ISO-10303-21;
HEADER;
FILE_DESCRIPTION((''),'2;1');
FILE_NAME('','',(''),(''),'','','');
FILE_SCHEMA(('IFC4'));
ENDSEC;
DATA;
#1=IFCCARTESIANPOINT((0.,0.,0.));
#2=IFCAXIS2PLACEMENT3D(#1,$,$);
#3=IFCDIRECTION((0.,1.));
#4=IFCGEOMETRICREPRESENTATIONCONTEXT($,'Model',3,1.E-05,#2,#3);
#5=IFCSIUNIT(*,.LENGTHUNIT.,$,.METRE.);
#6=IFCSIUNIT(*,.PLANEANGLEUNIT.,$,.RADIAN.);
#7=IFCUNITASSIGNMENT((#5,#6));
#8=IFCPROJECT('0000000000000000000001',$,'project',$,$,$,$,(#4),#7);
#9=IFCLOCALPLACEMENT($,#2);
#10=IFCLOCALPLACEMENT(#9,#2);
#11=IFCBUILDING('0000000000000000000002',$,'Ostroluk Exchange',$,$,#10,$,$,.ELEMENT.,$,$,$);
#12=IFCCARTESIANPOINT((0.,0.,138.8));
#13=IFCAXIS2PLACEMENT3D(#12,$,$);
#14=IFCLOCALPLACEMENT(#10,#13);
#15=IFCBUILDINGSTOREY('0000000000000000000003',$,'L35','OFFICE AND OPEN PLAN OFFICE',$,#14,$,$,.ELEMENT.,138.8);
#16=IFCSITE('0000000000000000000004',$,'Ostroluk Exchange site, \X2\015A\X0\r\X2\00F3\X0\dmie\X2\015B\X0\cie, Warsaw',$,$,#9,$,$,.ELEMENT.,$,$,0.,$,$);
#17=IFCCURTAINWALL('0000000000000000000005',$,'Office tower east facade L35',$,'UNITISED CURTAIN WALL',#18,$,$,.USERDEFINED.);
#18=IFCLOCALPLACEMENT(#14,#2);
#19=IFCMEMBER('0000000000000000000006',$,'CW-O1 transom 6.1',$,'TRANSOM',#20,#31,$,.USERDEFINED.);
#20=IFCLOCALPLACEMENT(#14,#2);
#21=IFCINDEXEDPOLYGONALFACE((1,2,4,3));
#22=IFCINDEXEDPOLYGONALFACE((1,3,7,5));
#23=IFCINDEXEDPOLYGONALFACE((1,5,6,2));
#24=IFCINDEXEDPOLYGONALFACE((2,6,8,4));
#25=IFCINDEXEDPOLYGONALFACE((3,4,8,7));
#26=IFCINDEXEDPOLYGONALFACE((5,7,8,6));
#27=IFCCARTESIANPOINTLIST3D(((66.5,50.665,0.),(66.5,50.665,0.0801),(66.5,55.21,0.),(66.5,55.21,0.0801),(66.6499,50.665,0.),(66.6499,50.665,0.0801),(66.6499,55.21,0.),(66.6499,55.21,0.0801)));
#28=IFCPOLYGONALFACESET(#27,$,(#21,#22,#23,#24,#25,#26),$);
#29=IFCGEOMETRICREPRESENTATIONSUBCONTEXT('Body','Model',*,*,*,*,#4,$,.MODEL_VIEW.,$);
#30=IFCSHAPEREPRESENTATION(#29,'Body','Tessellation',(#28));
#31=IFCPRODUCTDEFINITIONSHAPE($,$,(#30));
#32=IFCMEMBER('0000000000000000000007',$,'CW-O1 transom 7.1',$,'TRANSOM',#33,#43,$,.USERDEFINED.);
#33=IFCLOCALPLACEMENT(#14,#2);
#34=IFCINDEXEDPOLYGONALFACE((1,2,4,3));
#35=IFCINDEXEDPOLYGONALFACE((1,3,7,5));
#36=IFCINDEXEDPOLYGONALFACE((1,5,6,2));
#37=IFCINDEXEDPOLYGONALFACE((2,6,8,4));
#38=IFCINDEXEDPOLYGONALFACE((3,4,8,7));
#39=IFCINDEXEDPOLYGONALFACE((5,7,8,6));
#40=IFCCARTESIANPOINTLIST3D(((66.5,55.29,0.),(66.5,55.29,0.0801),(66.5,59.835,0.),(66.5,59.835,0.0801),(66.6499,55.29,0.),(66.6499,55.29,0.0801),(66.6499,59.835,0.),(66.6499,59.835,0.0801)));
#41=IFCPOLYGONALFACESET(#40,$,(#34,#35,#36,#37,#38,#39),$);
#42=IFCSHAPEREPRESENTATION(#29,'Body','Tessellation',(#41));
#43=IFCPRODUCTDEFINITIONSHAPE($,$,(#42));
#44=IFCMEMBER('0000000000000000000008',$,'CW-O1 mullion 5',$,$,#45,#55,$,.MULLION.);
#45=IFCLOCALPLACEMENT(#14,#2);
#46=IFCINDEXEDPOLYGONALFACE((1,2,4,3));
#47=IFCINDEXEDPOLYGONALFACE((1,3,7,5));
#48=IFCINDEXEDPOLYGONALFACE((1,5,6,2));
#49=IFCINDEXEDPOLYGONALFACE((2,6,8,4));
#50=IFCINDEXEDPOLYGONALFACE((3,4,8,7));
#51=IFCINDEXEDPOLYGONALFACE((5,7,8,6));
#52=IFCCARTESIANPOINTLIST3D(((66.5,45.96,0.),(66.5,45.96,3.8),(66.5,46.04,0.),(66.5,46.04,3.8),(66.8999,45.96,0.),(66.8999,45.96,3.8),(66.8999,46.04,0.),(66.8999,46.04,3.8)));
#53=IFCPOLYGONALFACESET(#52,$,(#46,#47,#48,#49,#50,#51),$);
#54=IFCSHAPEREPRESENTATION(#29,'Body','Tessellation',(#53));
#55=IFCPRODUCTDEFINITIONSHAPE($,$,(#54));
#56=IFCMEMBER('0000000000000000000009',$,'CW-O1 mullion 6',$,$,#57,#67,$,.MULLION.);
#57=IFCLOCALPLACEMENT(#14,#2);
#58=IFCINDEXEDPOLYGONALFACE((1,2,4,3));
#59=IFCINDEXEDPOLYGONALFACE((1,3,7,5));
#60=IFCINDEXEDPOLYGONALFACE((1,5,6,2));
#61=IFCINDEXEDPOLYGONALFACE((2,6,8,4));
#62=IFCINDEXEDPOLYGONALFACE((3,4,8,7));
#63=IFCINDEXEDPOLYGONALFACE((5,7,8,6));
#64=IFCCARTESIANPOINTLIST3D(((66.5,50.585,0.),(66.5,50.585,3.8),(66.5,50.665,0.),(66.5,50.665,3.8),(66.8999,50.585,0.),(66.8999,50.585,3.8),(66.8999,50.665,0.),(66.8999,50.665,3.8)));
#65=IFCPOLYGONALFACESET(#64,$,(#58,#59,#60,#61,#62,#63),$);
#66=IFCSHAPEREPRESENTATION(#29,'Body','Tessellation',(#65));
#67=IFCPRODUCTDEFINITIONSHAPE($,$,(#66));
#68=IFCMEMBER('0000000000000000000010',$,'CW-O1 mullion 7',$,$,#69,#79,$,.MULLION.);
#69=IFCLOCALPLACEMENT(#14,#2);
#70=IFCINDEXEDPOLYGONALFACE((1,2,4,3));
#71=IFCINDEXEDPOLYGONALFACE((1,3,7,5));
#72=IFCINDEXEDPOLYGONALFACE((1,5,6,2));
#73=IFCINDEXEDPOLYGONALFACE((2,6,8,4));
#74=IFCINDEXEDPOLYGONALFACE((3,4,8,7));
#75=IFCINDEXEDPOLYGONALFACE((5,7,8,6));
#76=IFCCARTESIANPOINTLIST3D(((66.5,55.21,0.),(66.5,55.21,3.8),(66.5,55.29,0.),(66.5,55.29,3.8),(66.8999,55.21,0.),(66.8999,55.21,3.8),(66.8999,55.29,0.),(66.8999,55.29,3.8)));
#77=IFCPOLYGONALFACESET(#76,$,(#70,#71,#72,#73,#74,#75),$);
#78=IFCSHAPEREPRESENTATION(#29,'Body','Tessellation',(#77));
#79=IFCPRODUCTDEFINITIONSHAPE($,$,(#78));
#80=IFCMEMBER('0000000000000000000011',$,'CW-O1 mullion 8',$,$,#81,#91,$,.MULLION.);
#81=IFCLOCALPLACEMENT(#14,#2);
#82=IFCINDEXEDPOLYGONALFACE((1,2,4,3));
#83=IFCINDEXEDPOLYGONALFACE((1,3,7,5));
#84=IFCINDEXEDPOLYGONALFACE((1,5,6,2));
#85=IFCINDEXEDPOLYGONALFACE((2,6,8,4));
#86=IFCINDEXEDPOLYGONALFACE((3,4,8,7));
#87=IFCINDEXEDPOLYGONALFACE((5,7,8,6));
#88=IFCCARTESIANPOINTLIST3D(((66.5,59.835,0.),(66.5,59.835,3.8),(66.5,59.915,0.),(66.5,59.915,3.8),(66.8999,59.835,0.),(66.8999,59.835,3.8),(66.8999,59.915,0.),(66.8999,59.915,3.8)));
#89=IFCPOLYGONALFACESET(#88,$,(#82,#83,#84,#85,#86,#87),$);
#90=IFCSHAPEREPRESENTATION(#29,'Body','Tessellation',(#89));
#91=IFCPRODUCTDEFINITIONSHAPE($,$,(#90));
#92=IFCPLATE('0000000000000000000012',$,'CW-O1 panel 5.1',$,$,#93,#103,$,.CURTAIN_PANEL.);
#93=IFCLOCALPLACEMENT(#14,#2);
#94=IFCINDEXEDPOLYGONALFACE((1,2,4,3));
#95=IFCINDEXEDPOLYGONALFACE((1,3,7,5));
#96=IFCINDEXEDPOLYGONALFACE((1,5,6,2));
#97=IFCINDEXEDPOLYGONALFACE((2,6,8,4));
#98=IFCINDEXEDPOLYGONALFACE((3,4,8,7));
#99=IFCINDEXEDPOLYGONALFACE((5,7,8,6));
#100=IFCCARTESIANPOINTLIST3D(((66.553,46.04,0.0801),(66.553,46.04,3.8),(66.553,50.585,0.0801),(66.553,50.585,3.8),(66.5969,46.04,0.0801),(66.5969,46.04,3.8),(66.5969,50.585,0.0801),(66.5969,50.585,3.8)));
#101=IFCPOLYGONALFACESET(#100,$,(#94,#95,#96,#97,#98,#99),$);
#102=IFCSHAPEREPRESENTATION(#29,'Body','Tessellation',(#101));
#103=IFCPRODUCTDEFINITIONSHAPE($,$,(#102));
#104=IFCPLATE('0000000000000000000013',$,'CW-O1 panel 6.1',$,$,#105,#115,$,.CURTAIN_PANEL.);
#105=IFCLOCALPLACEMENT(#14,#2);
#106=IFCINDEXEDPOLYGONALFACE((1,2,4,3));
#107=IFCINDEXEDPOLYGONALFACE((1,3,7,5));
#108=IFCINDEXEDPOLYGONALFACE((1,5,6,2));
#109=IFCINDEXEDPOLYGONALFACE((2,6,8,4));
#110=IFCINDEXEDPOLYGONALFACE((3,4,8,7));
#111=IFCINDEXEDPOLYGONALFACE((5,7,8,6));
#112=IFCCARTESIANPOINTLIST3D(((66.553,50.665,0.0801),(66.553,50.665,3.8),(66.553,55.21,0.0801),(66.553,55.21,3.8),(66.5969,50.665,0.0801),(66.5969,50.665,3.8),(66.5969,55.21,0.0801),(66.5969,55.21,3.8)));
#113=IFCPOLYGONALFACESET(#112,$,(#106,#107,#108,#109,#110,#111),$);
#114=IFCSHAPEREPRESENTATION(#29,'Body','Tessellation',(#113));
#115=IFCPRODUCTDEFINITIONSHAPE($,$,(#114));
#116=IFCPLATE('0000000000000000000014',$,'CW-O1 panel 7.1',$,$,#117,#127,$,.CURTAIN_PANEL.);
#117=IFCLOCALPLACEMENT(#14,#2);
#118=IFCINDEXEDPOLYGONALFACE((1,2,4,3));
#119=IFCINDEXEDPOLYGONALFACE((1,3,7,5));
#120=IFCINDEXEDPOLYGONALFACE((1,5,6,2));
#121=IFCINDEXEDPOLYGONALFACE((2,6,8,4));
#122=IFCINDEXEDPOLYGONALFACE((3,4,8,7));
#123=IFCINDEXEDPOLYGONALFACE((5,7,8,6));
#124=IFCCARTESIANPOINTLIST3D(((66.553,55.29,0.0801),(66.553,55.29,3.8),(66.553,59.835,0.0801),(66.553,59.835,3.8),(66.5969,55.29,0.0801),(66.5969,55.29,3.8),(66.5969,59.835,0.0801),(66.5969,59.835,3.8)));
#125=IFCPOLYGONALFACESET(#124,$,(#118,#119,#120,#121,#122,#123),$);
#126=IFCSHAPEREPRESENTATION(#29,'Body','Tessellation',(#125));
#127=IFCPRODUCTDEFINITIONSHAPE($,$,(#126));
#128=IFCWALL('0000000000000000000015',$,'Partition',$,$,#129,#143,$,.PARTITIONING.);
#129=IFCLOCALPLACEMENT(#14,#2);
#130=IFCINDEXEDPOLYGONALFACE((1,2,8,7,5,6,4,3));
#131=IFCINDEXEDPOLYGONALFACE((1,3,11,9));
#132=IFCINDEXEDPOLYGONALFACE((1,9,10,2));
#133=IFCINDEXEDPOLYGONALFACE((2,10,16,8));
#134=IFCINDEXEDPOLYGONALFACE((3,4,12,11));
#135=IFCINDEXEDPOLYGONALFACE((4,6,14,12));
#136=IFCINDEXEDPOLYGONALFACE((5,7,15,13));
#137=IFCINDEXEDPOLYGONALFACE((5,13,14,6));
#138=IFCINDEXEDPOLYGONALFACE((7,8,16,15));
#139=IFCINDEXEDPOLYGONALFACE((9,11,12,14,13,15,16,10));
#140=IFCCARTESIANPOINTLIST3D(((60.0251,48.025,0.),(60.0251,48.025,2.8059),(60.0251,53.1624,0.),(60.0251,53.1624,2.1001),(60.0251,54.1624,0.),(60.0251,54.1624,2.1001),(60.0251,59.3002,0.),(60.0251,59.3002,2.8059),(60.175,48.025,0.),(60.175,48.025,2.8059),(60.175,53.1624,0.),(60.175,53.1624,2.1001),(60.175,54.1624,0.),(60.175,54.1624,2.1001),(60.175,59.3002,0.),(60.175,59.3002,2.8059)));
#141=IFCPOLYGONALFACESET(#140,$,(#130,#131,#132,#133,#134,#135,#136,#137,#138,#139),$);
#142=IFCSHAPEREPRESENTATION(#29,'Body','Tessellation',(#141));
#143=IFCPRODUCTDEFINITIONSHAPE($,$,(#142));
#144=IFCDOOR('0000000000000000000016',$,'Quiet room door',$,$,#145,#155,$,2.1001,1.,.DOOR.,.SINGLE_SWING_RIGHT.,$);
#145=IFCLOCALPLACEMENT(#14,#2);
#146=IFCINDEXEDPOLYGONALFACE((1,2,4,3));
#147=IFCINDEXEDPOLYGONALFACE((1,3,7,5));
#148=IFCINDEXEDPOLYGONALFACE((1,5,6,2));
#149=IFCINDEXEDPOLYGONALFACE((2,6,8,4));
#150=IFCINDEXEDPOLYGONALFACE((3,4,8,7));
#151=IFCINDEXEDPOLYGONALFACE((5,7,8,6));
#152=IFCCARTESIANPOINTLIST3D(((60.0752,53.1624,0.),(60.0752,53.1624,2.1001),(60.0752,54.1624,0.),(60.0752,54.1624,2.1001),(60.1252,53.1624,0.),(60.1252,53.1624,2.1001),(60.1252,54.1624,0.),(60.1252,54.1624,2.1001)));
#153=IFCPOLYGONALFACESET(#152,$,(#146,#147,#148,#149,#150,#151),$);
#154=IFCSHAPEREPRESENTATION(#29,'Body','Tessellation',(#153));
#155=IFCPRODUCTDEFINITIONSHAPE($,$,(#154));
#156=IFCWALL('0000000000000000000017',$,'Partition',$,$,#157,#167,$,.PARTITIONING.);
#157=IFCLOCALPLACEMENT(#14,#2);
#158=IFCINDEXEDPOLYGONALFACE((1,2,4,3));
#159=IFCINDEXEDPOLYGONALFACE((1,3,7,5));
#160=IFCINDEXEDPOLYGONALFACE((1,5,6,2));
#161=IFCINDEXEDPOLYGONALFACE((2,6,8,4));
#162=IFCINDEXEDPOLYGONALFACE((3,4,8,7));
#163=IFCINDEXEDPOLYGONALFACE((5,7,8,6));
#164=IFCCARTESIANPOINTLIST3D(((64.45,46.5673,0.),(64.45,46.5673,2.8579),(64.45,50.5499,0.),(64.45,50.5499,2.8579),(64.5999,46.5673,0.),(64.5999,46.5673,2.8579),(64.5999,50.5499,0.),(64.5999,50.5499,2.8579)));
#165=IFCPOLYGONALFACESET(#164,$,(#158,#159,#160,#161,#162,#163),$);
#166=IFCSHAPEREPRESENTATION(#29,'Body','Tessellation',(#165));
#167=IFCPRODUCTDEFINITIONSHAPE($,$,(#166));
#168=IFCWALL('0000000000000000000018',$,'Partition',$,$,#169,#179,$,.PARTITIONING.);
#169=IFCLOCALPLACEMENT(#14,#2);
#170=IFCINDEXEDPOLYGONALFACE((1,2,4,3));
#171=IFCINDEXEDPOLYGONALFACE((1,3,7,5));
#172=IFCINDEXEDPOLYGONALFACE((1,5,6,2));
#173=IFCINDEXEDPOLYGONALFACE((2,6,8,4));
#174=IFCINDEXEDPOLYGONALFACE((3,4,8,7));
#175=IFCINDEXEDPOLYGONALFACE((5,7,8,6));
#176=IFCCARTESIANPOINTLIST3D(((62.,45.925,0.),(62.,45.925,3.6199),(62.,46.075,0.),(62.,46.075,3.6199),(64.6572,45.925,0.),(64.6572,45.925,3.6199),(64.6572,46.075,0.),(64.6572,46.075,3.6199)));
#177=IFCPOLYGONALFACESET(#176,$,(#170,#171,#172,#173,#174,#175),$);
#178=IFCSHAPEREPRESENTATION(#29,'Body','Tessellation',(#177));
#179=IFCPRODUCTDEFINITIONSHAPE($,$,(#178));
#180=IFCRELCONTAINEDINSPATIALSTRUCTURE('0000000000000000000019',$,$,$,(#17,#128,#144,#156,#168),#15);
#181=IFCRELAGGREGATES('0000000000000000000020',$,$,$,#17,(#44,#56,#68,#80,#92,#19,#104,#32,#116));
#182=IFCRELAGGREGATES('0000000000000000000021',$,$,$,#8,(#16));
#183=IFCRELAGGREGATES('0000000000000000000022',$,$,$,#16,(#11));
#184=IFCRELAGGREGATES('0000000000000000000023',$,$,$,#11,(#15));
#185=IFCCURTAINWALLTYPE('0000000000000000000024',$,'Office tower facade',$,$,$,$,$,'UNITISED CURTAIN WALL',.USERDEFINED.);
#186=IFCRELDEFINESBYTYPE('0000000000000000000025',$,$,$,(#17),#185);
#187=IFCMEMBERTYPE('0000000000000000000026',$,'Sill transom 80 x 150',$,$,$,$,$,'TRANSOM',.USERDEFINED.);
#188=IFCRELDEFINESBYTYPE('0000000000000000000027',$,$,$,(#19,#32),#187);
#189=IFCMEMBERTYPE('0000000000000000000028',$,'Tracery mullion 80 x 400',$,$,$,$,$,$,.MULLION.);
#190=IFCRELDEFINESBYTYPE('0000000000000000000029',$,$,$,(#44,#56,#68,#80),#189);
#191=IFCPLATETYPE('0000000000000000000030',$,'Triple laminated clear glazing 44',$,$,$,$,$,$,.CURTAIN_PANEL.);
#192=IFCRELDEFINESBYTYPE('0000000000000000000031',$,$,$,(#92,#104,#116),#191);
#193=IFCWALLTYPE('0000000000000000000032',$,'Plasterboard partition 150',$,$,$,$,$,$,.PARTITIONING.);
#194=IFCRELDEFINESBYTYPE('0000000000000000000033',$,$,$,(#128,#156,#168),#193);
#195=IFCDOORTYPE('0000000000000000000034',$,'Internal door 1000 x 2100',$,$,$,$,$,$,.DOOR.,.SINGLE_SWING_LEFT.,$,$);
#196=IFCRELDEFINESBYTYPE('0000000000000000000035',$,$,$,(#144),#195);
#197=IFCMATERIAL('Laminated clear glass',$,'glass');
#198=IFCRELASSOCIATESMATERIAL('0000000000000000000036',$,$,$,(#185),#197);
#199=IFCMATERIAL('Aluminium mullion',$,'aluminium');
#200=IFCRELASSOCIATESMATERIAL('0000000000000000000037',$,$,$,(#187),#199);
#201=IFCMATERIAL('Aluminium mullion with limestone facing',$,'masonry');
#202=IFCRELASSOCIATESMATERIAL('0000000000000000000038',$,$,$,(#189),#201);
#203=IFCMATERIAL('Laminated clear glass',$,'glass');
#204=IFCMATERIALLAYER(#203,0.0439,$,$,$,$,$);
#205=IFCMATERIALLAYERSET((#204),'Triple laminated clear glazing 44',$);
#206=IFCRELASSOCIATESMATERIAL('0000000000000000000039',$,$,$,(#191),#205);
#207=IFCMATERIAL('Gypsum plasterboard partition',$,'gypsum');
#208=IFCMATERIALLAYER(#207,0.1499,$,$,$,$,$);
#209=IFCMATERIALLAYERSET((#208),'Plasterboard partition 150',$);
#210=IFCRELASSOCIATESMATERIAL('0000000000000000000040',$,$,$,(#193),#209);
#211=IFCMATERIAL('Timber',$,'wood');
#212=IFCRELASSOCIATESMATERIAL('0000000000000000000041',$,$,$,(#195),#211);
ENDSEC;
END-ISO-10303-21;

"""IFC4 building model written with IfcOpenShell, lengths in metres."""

from ifc_helpers import new_model, si_unit, direction, frame, frame_2d, origin, origin_2d, place, context, subcontext, project, spatial, rectangle, extrude, material, layer, layer_set, material_profile, profile_set, type_object, element, fill, aggregate, save


model = new_model("IFC4")

# Units and contexts
model_context = context("Model", 3, precision=1e-05, world=origin(), true_north=direction((0.0, 1.0)))
body_context = subcontext(model_context, "Body", "Model", "MODEL_VIEW")
ifc_project = project(units=[si_unit("LENGTHUNIT", "METRE"), si_unit("PLANEANGLEUNIT", "RADIAN")], contexts=[model_context])

# Site, building, storey
site_placement = place(None, origin())
site = spatial("IfcSite", under=ifc_project, at=site_placement, Name="Ostroluk Exchange site, Śródmieście, Warsaw", CompositionType="ELEMENT", RefElevation=0.0)
building_placement = place(site_placement, origin())
building = spatial("IfcBuilding", under=site, at=building_placement, Name="Ostroluk Exchange", CompositionType="ELEMENT")
storey_placement = place(building_placement, frame((0.0, 0.0, 138.8)))
storey = spatial("IfcBuildingStorey", under=building, at=storey_placement, Name="L35", Description="OFFICE AND OPEN PLAN OFFICE", CompositionType="ELEMENT", Elevation=138.8)

# Curtain wall, members, plates
ifc_material_1 = material(Name="Laminated clear glass", Category="glass")
curtain_wall_type = type_object("IfcCurtainWallType", Name="Office tower facade", ElementType="UNITISED CURTAIN WALL", PredefinedType="USERDEFINED", material=ifc_material_1)
curtain_wall_placement = place(storey_placement, origin())
curtain_wall = element("IfcCurtainWall", 1, at=curtain_wall_placement, inside=storey, type_object=curtain_wall_type, Name="Office tower east facade L35", ObjectType="UNITISED CURTAIN WALL", PredefinedType="USERDEFINED")
ifc_material_2 = material(Name="Aluminium mullion", Category="aluminium")
ifc_material_profile_1 = material_profile(ifc_material_2, rectangle(XDim=0.1499, YDim=0.0801, at=origin_2d()), Name="Sill transom 80 x 150")
ifc_profile_set_1 = profile_set([ifc_material_profile_1], Name="Aluminium mullion")
member_type_1 = type_object("IfcMemberType", Name="Sill transom 80 x 150", ElementType="TRANSOM", PredefinedType="USERDEFINED", material=ifc_profile_set_1)
member_1_placement = place(storey_placement, frame((66.575, 50.665, 0.04), z_axis=(0.0, 1.0, 0.0), x_axis=(-1.0, 0.0, 0.0)))
member_1 = element("IfcMember", 2, at=member_1_placement, type_object=member_type_1, Name="CW-O1 transom 6.1", ObjectType="TRANSOM", PredefinedType="USERDEFINED", context=body_context, shape_type="SweptSolid", body=[
    extrude(rectangle(XDim=0.1499, YDim=0.0801, at=origin_2d()), origin(), (0.0, 0.0, 1.0), 4.5449),
])
member_2_placement = place(storey_placement, frame((66.575, 55.29, 0.04), z_axis=(0.0, 1.0, 0.0), x_axis=(-1.0, 0.0, 0.0)))
member_2 = element("IfcMember", 3, at=member_2_placement, type_object=member_type_1, Name="CW-O1 transom 7.1", ObjectType="TRANSOM", PredefinedType="USERDEFINED", context=body_context, shape_type="SweptSolid", body=[
    extrude(rectangle(XDim=0.1499, YDim=0.0801, at=origin_2d()), origin(), (0.0, 0.0, 1.0), 4.5449),
])
ifc_material_3 = material(Name="Aluminium mullion with limestone facing", Category="masonry")
ifc_material_profile_2 = material_profile(ifc_material_3, rectangle(XDim=0.3999, YDim=0.0801, at=origin_2d()), Name="Tracery mullion 80 x 400")
ifc_profile_set_2 = profile_set([ifc_material_profile_2], Name="Aluminium mullion with limestone facing")
member_type_2 = type_object("IfcMemberType", Name="Tracery mullion 80 x 400", PredefinedType="MULLION", material=ifc_profile_set_2)
member_3_placement = place(storey_placement, frame((66.7, 46.0, 0.0), z_axis=(0.0, 0.0, 1.0), x_axis=(-1.0, 0.0, 0.0)))
member_3 = element("IfcMember", 4, at=member_3_placement, type_object=member_type_2, Name="CW-O1 mullion 5", PredefinedType="MULLION", context=body_context, shape_type="SweptSolid", body=[
    extrude(rectangle(XDim=0.3999, YDim=0.0801, at=origin_2d()), origin(), (0.0, 0.0, 1.0), 3.8),
])
member_4_placement = place(storey_placement, frame((66.7, 50.625, 0.0), z_axis=(0.0, 0.0, 1.0), x_axis=(-1.0, 0.0, 0.0)))
member_4 = element("IfcMember", 5, at=member_4_placement, type_object=member_type_2, Name="CW-O1 mullion 6", PredefinedType="MULLION", context=body_context, shape_type="SweptSolid", body=[
    extrude(rectangle(XDim=0.3999, YDim=0.0801, at=origin_2d()), origin(), (0.0, 0.0, 1.0), 3.8),
])
member_5_placement = place(storey_placement, frame((66.7, 55.25, 0.0), z_axis=(0.0, 0.0, 1.0), x_axis=(-1.0, 0.0, 0.0)))
member_5 = element("IfcMember", 6, at=member_5_placement, type_object=member_type_2, Name="CW-O1 mullion 7", PredefinedType="MULLION", context=body_context, shape_type="SweptSolid", body=[
    extrude(rectangle(XDim=0.3999, YDim=0.0801, at=origin_2d()), origin(), (0.0, 0.0, 1.0), 3.8),
])
member_6_placement = place(storey_placement, frame((66.7, 59.875, 0.0), z_axis=(0.0, 0.0, 1.0), x_axis=(-1.0, 0.0, 0.0)))
member_6 = element("IfcMember", 7, at=member_6_placement, type_object=member_type_2, Name="CW-O1 mullion 8", PredefinedType="MULLION", context=body_context, shape_type="SweptSolid", body=[
    extrude(rectangle(XDim=0.3999, YDim=0.0801, at=origin_2d()), origin(), (0.0, 0.0, 1.0), 3.8),
])
ifc_material_4 = material(Name="Laminated clear glass", Category="glass")
ifc_layer_1 = layer(ifc_material_4, 0.0439)
ifc_layer_set_1 = layer_set([ifc_layer_1], Name="Triple laminated clear glazing 44")
plate_type = type_object("IfcPlateType", Name="Triple laminated clear glazing 44", PredefinedType="CURTAIN_PANEL", material=ifc_layer_set_1)
plate_1_placement = place(storey_placement, frame((66.575, 48.3125, 0.0801), z_axis=(0.0, 0.0, 1.0), x_axis=(0.0, 1.0, 0.0)))
plate_1 = element("IfcPlate", 8, at=plate_1_placement, type_object=plate_type, Name="CW-O1 panel 5.1", PredefinedType="CURTAIN_PANEL", context=body_context, shape_type="SweptSolid", body=[
    extrude(rectangle(XDim=4.5449, YDim=0.0439, at=origin_2d()), origin(), (0.0, 0.0, 1.0), 3.72),
])
plate_2_placement = place(storey_placement, frame((66.575, 52.9375, 0.0801), z_axis=(0.0, 0.0, 1.0), x_axis=(0.0, 1.0, 0.0)))
plate_2 = element("IfcPlate", 9, at=plate_2_placement, type_object=plate_type, Name="CW-O1 panel 6.1", PredefinedType="CURTAIN_PANEL", context=body_context, shape_type="SweptSolid", body=[
    extrude(rectangle(XDim=4.5449, YDim=0.0439, at=origin_2d()), origin(), (0.0, 0.0, 1.0), 3.72),
])
plate_3_placement = place(storey_placement, frame((66.575, 57.5625, 0.0801), z_axis=(0.0, 0.0, 1.0), x_axis=(0.0, 1.0, 0.0)))
plate_3 = element("IfcPlate", 10, at=plate_3_placement, type_object=plate_type, Name="CW-O1 panel 7.1", PredefinedType="CURTAIN_PANEL", context=body_context, shape_type="SweptSolid", body=[
    extrude(rectangle(XDim=4.5449, YDim=0.0439, at=origin_2d()), origin(), (0.0, 0.0, 1.0), 3.72),
])
aggregate(curtain_wall, [member_3, member_4, member_5, member_6, plate_1, member_1, plate_2, member_2, plate_3])

# Wall, opening, door
ifc_material_5 = material(Name="Gypsum plasterboard partition", Category="gypsum")
ifc_layer_2 = layer(ifc_material_5, 0.1499)
ifc_layer_set_2 = layer_set([ifc_layer_2], Name="Plasterboard partition 150")
wall_type = type_object("IfcWallType", Name="Plasterboard partition 150", PredefinedType="PARTITIONING", material=ifc_layer_set_2)
wall_1_placement = place(storey_placement, frame((60.1001, 48.0249, 0.0), z_axis=(0.0, 0.0, 1.0), x_axis=(0.0, 1.0, 0.0)))
wall_1 = element("IfcWall", 11, at=wall_1_placement, inside=storey, type_object=wall_type, Name="Partition", PredefinedType="PARTITIONING", context=body_context, shape_type="SweptSolid", body=[
    extrude(rectangle(XDim=11.2751, YDim=0.1499, at=frame_2d((5.6377, 0.0))), origin(), (0.0, 0.0, 1.0), 2.8059),
])
opening_placement = place(wall_1_placement, frame((5.1375, 0.0, 0.0)))
opening = element("IfcOpeningElement", 12, at=opening_placement, cuts=wall_1, PredefinedType="OPENING", context=body_context, shape_type="SweptSolid", body=[
    extrude(rectangle(XDim=1.0, YDim=2.1001, at=frame_2d((0.5, 1.05))), frame((0.0, 0.085, 0.0), z_axis=(0.0, -1.0, 0.0), x_axis=(1.0, 0.0, 0.0)), (0.0, 0.0, 1.0), 0.1699),
])
ifc_material_6 = material(Name="Timber", Category="wood")
door_type = type_object("IfcDoorType", Name="Internal door 1000 x 2100", OperationType="SINGLE_SWING_LEFT", PredefinedType="DOOR", material=ifc_material_6)
door_placement = place(opening_placement, origin())
door = element("IfcDoor", 13, at=door_placement, inside=storey, type_object=door_type, Name="Quiet room door", OperationType="SINGLE_SWING_RIGHT", OverallHeight=2.1001, OverallWidth=1.0, PredefinedType="DOOR", context=body_context, shape_type="SweptSolid", body=[
    extrude(rectangle(XDim=1.0, YDim=2.1001, at=frame_2d((0.5, 1.05))), frame((0.0, 0.0249, 0.0), z_axis=(0.0, -1.0, 0.0), x_axis=(1.0, 0.0, 0.0)), (0.0, 0.0, 1.0), 0.05),
])
fill(opening, door)

# Walls
wall_2_placement = place(storey_placement, frame((64.5249, 46.5674, 0.0), z_axis=(0.0, 0.0, 1.0), x_axis=(0.0, 1.0, 0.0)))
element("IfcWall", 14, at=wall_2_placement, inside=storey, type_object=wall_type, Name="Partition", PredefinedType="PARTITIONING", context=body_context, shape_type="SweptSolid", body=[
    extrude(rectangle(XDim=3.9827, YDim=0.1499, at=frame_2d((1.9912, 0.0))), origin(), (0.0, 0.0, 1.0), 2.8579),
])
wall_3_placement = place(storey_placement, frame((62.0, 46.0, 0.0), z_axis=(0.0, 0.0, 1.0), x_axis=(1.0, 0.0, 0.0)))
element("IfcWall", 15, at=wall_3_placement, inside=storey, type_object=wall_type, Name="Partition", PredefinedType="PARTITIONING", context=body_context, shape_type="SweptSolid", body=[
    extrude(rectangle(XDim=2.6572, YDim=0.1499, at=frame_2d((1.3286, 0.0))), origin(), (0.0, 0.0, 1.0), 3.6199),
])

save(model, "model.ifc")
